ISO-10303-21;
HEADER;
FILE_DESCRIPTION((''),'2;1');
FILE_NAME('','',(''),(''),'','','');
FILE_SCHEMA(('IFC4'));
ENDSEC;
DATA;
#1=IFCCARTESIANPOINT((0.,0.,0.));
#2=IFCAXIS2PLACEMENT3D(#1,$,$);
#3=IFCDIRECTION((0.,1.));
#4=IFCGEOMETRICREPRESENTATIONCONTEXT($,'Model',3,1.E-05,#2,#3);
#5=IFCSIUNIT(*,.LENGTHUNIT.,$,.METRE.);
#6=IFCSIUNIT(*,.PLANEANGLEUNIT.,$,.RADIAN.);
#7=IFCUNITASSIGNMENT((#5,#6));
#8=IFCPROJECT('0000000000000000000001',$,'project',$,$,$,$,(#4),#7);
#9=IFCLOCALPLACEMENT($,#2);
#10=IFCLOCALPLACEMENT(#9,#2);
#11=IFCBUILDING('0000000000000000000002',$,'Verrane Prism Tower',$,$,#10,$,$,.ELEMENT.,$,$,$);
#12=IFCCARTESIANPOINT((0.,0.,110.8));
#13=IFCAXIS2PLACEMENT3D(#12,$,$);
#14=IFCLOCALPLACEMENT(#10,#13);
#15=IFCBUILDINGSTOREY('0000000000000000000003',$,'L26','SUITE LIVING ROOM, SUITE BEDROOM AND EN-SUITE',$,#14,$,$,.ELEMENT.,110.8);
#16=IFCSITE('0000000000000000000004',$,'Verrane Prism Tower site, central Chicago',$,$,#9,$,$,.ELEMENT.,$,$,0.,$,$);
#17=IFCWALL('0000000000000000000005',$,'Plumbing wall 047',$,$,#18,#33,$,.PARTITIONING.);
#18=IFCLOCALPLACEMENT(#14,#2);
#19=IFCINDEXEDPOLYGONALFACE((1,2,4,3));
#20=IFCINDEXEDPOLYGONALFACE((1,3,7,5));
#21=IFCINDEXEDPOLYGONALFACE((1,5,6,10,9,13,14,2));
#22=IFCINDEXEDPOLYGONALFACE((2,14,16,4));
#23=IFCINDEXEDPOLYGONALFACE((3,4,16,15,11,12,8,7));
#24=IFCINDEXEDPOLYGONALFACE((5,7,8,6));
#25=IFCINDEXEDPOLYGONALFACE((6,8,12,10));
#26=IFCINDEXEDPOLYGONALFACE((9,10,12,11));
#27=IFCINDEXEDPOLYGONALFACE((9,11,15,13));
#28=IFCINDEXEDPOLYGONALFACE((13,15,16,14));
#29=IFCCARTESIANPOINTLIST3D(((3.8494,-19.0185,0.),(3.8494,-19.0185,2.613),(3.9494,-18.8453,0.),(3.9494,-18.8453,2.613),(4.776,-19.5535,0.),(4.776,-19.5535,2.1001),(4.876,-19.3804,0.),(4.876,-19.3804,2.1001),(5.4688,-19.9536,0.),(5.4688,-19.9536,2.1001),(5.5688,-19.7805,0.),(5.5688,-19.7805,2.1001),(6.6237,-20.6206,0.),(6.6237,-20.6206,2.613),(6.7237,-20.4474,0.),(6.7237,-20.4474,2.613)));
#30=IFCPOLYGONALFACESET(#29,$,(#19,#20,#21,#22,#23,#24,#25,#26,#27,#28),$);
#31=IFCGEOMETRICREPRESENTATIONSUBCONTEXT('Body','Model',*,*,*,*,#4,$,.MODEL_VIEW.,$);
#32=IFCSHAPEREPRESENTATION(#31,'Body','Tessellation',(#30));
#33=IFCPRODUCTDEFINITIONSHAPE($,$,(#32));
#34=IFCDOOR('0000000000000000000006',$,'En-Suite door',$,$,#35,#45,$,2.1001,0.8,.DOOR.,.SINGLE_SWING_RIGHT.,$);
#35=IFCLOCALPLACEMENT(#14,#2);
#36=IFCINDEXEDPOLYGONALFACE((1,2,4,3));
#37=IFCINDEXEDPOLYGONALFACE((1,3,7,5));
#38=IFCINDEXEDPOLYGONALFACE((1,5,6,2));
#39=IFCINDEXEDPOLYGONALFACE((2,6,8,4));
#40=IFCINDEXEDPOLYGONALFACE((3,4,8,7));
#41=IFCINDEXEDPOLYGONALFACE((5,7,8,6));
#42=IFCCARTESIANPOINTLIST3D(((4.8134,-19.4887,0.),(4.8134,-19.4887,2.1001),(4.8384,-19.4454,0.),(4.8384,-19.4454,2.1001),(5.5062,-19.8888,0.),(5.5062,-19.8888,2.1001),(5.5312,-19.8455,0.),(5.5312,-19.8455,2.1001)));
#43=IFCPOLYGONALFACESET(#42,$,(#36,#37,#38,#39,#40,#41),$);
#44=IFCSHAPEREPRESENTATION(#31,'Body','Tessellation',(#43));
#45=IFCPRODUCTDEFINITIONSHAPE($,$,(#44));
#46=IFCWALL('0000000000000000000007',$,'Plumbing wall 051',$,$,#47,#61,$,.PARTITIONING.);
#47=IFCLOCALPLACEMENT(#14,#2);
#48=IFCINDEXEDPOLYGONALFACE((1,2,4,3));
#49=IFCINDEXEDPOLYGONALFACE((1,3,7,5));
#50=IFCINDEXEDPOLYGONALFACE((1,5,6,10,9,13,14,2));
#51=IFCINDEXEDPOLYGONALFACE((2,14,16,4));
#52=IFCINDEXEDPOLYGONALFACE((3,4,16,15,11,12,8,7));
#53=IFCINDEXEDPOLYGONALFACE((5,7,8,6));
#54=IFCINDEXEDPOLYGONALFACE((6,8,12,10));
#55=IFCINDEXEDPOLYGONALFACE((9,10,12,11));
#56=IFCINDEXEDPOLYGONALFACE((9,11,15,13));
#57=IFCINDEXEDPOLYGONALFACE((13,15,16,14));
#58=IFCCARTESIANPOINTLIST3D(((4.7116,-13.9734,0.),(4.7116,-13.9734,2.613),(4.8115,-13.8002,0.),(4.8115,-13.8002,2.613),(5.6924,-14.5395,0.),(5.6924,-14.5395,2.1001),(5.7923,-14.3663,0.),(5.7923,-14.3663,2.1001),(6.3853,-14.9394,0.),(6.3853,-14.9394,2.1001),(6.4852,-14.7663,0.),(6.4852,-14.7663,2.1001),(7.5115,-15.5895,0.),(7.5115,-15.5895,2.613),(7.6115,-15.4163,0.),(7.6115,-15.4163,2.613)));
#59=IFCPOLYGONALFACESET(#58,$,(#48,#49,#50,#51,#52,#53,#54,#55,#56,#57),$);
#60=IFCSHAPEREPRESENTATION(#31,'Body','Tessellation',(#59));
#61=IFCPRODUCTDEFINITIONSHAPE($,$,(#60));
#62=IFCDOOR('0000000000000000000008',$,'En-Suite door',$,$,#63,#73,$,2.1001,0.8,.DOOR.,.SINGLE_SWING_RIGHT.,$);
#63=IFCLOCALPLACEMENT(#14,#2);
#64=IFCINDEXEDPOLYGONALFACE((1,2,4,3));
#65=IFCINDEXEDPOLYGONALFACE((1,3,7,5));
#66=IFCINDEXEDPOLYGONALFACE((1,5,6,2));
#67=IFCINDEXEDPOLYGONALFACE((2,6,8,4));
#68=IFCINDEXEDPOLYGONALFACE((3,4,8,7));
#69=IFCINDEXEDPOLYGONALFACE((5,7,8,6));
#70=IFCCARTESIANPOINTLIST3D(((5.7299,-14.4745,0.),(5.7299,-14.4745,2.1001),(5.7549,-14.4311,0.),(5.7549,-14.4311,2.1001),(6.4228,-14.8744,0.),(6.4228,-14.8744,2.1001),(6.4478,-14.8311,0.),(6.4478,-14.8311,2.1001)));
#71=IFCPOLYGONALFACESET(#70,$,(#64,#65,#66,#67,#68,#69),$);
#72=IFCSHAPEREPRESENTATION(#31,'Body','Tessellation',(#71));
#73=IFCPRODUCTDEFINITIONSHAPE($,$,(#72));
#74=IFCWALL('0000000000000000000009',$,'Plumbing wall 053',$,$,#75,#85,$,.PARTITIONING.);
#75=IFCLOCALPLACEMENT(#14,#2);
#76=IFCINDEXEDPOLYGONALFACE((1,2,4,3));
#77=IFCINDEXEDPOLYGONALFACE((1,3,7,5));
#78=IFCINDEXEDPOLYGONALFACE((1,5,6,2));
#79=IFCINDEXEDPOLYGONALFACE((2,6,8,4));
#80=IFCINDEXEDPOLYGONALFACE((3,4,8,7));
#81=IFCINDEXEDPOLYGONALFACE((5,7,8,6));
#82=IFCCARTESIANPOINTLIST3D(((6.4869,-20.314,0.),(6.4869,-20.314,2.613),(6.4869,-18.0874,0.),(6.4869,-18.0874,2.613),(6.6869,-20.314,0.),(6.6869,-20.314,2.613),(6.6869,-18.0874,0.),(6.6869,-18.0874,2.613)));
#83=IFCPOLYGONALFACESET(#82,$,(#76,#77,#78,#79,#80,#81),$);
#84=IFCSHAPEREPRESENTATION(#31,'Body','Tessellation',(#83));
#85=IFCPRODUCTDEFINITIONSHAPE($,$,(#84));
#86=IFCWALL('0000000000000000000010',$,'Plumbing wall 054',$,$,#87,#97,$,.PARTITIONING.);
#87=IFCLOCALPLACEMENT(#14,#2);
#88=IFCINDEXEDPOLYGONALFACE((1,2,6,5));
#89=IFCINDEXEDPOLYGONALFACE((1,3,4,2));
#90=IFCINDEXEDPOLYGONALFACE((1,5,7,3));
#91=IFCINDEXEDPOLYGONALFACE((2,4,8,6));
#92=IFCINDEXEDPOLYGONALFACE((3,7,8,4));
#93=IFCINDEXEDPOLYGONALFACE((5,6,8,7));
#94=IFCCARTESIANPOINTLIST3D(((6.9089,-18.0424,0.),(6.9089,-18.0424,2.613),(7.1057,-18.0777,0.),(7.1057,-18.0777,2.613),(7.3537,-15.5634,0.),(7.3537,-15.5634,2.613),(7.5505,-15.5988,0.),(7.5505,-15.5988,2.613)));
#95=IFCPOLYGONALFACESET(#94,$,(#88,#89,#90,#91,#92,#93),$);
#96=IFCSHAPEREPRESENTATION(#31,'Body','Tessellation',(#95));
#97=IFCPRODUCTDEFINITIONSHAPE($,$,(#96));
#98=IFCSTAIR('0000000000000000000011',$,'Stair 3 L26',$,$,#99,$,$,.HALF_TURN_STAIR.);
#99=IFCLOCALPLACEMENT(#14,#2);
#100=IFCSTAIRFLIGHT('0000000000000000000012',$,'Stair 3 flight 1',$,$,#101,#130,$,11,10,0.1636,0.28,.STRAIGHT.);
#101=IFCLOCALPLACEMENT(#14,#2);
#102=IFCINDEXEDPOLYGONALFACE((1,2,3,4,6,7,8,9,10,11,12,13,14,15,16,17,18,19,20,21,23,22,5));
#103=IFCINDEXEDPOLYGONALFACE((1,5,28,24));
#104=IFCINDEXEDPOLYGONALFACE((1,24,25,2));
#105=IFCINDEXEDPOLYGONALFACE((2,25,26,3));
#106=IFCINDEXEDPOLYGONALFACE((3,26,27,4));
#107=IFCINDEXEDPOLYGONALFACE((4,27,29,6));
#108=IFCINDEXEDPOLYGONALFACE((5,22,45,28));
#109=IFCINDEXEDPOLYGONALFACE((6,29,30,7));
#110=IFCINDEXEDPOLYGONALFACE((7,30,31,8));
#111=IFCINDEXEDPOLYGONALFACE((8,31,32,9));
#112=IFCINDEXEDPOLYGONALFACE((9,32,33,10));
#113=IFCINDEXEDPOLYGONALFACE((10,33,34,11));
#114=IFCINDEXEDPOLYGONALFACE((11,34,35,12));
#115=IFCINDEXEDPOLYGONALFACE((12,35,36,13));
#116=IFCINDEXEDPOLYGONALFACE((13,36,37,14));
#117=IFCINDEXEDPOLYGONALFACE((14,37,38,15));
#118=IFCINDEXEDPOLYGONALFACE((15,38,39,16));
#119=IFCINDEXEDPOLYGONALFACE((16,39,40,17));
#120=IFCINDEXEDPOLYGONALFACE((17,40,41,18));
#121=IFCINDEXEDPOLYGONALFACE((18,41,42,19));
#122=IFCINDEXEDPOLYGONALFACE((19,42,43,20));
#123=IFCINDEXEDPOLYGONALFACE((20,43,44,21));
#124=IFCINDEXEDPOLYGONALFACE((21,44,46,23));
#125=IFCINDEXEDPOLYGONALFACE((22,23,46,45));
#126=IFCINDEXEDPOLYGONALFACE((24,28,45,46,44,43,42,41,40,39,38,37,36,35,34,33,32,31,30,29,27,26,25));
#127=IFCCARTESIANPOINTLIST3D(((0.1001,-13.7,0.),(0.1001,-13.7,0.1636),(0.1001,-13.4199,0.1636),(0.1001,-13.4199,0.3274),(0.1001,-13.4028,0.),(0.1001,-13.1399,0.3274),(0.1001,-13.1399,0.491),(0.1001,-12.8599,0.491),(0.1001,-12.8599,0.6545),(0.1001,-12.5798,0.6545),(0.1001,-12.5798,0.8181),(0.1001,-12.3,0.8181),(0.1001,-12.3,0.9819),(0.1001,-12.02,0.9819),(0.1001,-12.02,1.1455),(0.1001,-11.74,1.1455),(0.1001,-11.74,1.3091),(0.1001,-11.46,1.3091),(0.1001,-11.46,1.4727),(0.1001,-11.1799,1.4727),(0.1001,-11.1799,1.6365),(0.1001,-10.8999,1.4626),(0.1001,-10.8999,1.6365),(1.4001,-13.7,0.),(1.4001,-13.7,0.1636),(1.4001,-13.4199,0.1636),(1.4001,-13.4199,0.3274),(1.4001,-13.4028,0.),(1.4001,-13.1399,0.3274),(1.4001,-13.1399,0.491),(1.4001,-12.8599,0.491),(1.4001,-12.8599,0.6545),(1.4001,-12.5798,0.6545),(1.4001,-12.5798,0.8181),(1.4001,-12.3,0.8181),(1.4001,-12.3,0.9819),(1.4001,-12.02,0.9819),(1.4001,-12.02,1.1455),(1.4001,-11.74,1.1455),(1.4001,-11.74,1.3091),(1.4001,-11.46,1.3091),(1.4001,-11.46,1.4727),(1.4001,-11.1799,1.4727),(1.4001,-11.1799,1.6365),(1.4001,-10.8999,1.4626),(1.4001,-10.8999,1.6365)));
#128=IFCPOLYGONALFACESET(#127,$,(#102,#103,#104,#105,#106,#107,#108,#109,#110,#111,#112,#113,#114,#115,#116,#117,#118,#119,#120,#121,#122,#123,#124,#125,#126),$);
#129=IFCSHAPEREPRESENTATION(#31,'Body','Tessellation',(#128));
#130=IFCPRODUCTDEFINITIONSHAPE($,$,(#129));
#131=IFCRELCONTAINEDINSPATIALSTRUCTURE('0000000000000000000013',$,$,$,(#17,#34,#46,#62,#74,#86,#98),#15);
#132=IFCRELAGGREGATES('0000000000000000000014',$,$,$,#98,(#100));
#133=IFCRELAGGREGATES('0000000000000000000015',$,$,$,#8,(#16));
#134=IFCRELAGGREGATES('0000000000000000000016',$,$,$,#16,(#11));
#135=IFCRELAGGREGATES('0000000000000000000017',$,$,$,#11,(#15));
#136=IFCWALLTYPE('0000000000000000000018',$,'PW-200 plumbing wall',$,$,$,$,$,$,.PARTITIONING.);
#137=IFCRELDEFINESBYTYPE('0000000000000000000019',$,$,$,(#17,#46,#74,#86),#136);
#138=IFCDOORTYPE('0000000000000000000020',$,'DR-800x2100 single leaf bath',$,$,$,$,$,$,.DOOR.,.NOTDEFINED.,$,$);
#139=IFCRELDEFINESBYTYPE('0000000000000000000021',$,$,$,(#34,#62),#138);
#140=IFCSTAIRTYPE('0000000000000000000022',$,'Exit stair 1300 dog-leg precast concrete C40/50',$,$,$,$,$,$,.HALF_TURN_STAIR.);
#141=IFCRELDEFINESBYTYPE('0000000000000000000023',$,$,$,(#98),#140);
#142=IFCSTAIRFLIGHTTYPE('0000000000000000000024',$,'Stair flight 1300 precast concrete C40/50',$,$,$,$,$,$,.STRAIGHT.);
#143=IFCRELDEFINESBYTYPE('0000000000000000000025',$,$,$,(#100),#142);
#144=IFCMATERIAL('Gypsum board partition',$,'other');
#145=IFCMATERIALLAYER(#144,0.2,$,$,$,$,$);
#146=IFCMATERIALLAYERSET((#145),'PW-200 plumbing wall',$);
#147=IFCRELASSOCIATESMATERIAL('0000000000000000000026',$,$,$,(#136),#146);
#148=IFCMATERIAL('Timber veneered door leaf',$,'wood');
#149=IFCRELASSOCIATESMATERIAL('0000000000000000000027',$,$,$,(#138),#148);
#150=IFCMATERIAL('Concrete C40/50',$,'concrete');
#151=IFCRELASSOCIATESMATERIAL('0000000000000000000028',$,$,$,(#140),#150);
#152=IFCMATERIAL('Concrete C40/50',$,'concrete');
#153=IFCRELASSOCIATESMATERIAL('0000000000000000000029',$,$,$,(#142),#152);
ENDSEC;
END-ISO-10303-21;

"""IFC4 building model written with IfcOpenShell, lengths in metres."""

from ifc_helpers import new_model, si_unit, direction, frame, frame_2d, origin, place, context, subcontext, project, spatial, polyline, rectangle, outline, extrude, material, layer, layer_set, type_object, element, fill, aggregate, save


model = new_model("IFC4")

# Units and contexts
model_context = context("Model", 3, precision=1e-05, world=origin(), true_north=direction((0.0, 1.0)))
body_context = subcontext(model_context, "Body", "Model", "MODEL_VIEW")
ifc_project = project(units=[si_unit("LENGTHUNIT", "METRE"), si_unit("PLANEANGLEUNIT", "RADIAN")], contexts=[model_context])

# Site, building, storey
site_placement = place(None, origin())
site = spatial("IfcSite", under=ifc_project, at=site_placement, Name="Verrane Prism Tower site, central Chicago", CompositionType="ELEMENT", RefElevation=0.0)
building_placement = place(site_placement, origin())
building = spatial("IfcBuilding", under=site, at=building_placement, Name="Verrane Prism Tower", CompositionType="ELEMENT")
storey_placement = place(building_placement, frame((0.0, 0.0, 110.8)))
storey = spatial("IfcBuildingStorey", under=building, at=storey_placement, Name="L26", Description="SUITE LIVING ROOM, SUITE BEDROOM AND EN-SUITE", CompositionType="ELEMENT", Elevation=110.8)

# Walls, openings, doors
ifc_material_1 = material(Name="Gypsum board partition", Category="other")
ifc_layer_1 = layer(ifc_material_1, 0.2)
ifc_layer_set_1 = layer_set([ifc_layer_1], Name="PW-200 plumbing wall")
wall_type_1 = type_object("IfcWallType", Name="PW-200 plumbing wall", PredefinedType="PARTITIONING", material=ifc_layer_set_1)
wall_1_placement = place(storey_placement, frame((3.8994, -18.9319, 0.0), z_axis=(0.0, 0.0, 1.0), x_axis=(0.865974, -0.50009, 0.0)))
wall_1 = element("IfcWall", 1, at=wall_1_placement, inside=storey, type_object=wall_type_1, Name="Plumbing wall 047", PredefinedType="PARTITIONING", context=body_context, shape_type="SweptSolid", body=[
    extrude(rectangle(XDim=3.2036, YDim=0.2, at=frame_2d((1.6018, 0.0))), origin(), (0.0, 0.0, 1.0), 2.613),
])
opening_1_placement = place(wall_1_placement, frame((1.0701, 0.0, 0.0)))
opening_1 = element("IfcOpeningElement", 2, at=opening_1_placement, cuts=wall_1, PredefinedType="OPENING", context=body_context, shape_type="SweptSolid", body=[
    extrude(rectangle(XDim=0.8, YDim=2.1001, at=frame_2d((0.3999, 1.05))), frame((0.0, 0.1099, 0.0), z_axis=(0.0, -1.0, 0.0), x_axis=(1.0, 0.0, 0.0)), (0.0, 0.0, 1.0), 0.22),
])
ifc_material_2 = material(Name="Timber veneered door leaf", Category="wood")
door_type_1 = type_object("IfcDoorType", Name="DR-800x2100 single leaf bath", OperationType="NOTDEFINED", PredefinedType="DOOR", material=ifc_material_2)
door_1_placement = place(opening_1_placement, origin())
door_1 = element("IfcDoor", 3, at=door_1_placement, inside=storey, type_object=door_type_1, Name="En-Suite door", OperationType="SINGLE_SWING_RIGHT", OverallHeight=2.1001, OverallWidth=0.8, PredefinedType="DOOR", context=body_context, shape_type="SweptSolid", body=[
    extrude(rectangle(XDim=0.8, YDim=2.1001, at=frame_2d((0.3999, 1.05))), frame((0.0, 0.0249, 0.0), z_axis=(0.0, -1.0, 0.0), x_axis=(1.0, 0.0, 0.0)), (0.0, 0.0, 1.0), 0.05),
])
fill(opening_1, door_1)
wall_2_placement = place(storey_placement, frame((7.5615, -15.5029, 0.0), z_axis=(0.0, 0.0, 1.0), x_axis=(-0.866079, 0.499908, 0.0)))
wall_2 = element("IfcWall", 4, at=wall_2_placement, inside=storey, type_object=wall_type_1, Name="Plumbing wall 051", PredefinedType="PARTITIONING", context=body_context, shape_type="SweptSolid", body=[
    extrude(rectangle(XDim=3.2329, YDim=0.2, at=frame_2d((1.6165, 0.0))), origin(), (0.0, 0.0, 1.0), 2.613),
])
opening_2_placement = place(wall_2_placement, frame((1.3005, 0.0, 0.0)))
opening_2 = element("IfcOpeningElement", 5, at=opening_2_placement, cuts=wall_2, PredefinedType="OPENING", context=body_context, shape_type="SweptSolid", body=[
    extrude(rectangle(XDim=0.8, YDim=2.1001, at=frame_2d((0.3999, 1.05))), frame((0.0, 0.1099, 0.0), z_axis=(0.0, -1.0, 0.0), x_axis=(1.0, 0.0, 0.0)), (0.0, 0.0, 1.0), 0.22),
])
door_2_placement = place(opening_2_placement, origin())
door_2 = element("IfcDoor", 6, at=door_2_placement, inside=storey, type_object=door_type_1, Name="En-Suite door", OperationType="SINGLE_SWING_RIGHT", OverallHeight=2.1001, OverallWidth=0.8, PredefinedType="DOOR", context=body_context, shape_type="SweptSolid", body=[
    extrude(rectangle(XDim=0.8, YDim=2.1001, at=frame_2d((0.3999, 1.05))), frame((0.0, 0.0249, 0.0), z_axis=(0.0, -1.0, 0.0), x_axis=(1.0, 0.0, 0.0)), (0.0, 0.0, 1.0), 0.05),
])
fill(opening_2, door_2)

# Walls
wall_3_placement = place(storey_placement, frame((6.5869, -20.314, 0.0), z_axis=(0.0, 0.0, 1.0), x_axis=(0.0, 1.0, 0.0)))
element("IfcWall", 7, at=wall_3_placement, inside=storey, type_object=wall_type_1, Name="Plumbing wall 053", PredefinedType="PARTITIONING", context=body_context, shape_type="SweptSolid", body=[
    extrude(rectangle(XDim=2.2266, YDim=0.2, at=frame_2d((1.1133, 0.0))), origin(), (0.0, 0.0, 1.0), 2.613),
])
wall_4_placement = place(storey_placement, frame((7.0073, -18.0601, 0.0), z_axis=(0.0, 0.0, 1.0), x_axis=(0.176616, 0.98428, 0.0)))
element("IfcWall", 8, at=wall_4_placement, inside=storey, type_object=wall_type_1, Name="Plumbing wall 054", PredefinedType="PARTITIONING", context=body_context, shape_type="SweptSolid", body=[
    extrude(rectangle(XDim=2.5186, YDim=0.2, at=frame_2d((1.2593, 0.0))), origin(), (0.0, 0.0, 1.0), 2.613),
])

# Stair, stair flight
ifc_material_3 = material(Name="Concrete C40/50", Category="concrete")
stair_type = type_object("IfcStairType", Name="Exit stair 1300 dog-leg precast concrete C40/50", PredefinedType="HALF_TURN_STAIR", material=ifc_material_3)
stair_placement = place(storey_placement, origin())
stair = element("IfcStair", 9, at=stair_placement, inside=storey, type_object=stair_type, Name="Stair 3 L26", PredefinedType="HALF_TURN_STAIR")
ifc_material_4 = material(Name="Concrete C40/50", Category="concrete")
stair_flight_type = type_object("IfcStairFlightType", Name="Stair flight 1300 precast concrete C40/50", PredefinedType="STRAIGHT", material=ifc_material_4)
stair_flight_placement = place(storey_placement, frame((0.75, -13.7, 0.0), z_axis=(0.0, 0.0, 1.0), x_axis=(0.0, 1.0, 0.0)))
stair_flight = element("IfcStairFlight", 10, at=stair_flight_placement, type_object=stair_flight_type, Name="Stair 3 flight 1", NumberOfRisers=11, NumberOfTreads=10, PredefinedType="STRAIGHT", RiserHeight=0.1636, TreadLength=0.28, context=body_context, shape_type="SweptSolid", body=[
    extrude(outline(polyline([(0.0, 0.0), (0.0, 0.1636), (0.28, 0.1636), (0.28, 0.3274), (0.5601, 0.3274), (0.5601, 0.491), (0.8401, 0.491), (0.8401, 0.6545), (1.1201, 0.6545), (1.1201, 0.8181), (1.3999, 0.8181), (1.3999, 0.9819), (1.6799, 0.9819), (1.6799, 1.1455), (1.96, 1.1455), (1.96, 1.3091), (2.24, 1.3091), (2.24, 1.4727), (2.52, 1.4727), (2.52, 1.6365), (2.8, 1.6365), (2.8, 1.8), (2.8, 1.4626), (0.2971, 0.0), (0.0, 0.0)])), frame((0.0, 0.6499, 0.0), z_axis=(0.0, -1.0, 0.0), x_axis=(1.0, 0.0, 0.0)), (0.0, 0.0, 1.0), 1.3),
])
aggregate(stair, [stair_flight])

save(model, "model.ifc")
